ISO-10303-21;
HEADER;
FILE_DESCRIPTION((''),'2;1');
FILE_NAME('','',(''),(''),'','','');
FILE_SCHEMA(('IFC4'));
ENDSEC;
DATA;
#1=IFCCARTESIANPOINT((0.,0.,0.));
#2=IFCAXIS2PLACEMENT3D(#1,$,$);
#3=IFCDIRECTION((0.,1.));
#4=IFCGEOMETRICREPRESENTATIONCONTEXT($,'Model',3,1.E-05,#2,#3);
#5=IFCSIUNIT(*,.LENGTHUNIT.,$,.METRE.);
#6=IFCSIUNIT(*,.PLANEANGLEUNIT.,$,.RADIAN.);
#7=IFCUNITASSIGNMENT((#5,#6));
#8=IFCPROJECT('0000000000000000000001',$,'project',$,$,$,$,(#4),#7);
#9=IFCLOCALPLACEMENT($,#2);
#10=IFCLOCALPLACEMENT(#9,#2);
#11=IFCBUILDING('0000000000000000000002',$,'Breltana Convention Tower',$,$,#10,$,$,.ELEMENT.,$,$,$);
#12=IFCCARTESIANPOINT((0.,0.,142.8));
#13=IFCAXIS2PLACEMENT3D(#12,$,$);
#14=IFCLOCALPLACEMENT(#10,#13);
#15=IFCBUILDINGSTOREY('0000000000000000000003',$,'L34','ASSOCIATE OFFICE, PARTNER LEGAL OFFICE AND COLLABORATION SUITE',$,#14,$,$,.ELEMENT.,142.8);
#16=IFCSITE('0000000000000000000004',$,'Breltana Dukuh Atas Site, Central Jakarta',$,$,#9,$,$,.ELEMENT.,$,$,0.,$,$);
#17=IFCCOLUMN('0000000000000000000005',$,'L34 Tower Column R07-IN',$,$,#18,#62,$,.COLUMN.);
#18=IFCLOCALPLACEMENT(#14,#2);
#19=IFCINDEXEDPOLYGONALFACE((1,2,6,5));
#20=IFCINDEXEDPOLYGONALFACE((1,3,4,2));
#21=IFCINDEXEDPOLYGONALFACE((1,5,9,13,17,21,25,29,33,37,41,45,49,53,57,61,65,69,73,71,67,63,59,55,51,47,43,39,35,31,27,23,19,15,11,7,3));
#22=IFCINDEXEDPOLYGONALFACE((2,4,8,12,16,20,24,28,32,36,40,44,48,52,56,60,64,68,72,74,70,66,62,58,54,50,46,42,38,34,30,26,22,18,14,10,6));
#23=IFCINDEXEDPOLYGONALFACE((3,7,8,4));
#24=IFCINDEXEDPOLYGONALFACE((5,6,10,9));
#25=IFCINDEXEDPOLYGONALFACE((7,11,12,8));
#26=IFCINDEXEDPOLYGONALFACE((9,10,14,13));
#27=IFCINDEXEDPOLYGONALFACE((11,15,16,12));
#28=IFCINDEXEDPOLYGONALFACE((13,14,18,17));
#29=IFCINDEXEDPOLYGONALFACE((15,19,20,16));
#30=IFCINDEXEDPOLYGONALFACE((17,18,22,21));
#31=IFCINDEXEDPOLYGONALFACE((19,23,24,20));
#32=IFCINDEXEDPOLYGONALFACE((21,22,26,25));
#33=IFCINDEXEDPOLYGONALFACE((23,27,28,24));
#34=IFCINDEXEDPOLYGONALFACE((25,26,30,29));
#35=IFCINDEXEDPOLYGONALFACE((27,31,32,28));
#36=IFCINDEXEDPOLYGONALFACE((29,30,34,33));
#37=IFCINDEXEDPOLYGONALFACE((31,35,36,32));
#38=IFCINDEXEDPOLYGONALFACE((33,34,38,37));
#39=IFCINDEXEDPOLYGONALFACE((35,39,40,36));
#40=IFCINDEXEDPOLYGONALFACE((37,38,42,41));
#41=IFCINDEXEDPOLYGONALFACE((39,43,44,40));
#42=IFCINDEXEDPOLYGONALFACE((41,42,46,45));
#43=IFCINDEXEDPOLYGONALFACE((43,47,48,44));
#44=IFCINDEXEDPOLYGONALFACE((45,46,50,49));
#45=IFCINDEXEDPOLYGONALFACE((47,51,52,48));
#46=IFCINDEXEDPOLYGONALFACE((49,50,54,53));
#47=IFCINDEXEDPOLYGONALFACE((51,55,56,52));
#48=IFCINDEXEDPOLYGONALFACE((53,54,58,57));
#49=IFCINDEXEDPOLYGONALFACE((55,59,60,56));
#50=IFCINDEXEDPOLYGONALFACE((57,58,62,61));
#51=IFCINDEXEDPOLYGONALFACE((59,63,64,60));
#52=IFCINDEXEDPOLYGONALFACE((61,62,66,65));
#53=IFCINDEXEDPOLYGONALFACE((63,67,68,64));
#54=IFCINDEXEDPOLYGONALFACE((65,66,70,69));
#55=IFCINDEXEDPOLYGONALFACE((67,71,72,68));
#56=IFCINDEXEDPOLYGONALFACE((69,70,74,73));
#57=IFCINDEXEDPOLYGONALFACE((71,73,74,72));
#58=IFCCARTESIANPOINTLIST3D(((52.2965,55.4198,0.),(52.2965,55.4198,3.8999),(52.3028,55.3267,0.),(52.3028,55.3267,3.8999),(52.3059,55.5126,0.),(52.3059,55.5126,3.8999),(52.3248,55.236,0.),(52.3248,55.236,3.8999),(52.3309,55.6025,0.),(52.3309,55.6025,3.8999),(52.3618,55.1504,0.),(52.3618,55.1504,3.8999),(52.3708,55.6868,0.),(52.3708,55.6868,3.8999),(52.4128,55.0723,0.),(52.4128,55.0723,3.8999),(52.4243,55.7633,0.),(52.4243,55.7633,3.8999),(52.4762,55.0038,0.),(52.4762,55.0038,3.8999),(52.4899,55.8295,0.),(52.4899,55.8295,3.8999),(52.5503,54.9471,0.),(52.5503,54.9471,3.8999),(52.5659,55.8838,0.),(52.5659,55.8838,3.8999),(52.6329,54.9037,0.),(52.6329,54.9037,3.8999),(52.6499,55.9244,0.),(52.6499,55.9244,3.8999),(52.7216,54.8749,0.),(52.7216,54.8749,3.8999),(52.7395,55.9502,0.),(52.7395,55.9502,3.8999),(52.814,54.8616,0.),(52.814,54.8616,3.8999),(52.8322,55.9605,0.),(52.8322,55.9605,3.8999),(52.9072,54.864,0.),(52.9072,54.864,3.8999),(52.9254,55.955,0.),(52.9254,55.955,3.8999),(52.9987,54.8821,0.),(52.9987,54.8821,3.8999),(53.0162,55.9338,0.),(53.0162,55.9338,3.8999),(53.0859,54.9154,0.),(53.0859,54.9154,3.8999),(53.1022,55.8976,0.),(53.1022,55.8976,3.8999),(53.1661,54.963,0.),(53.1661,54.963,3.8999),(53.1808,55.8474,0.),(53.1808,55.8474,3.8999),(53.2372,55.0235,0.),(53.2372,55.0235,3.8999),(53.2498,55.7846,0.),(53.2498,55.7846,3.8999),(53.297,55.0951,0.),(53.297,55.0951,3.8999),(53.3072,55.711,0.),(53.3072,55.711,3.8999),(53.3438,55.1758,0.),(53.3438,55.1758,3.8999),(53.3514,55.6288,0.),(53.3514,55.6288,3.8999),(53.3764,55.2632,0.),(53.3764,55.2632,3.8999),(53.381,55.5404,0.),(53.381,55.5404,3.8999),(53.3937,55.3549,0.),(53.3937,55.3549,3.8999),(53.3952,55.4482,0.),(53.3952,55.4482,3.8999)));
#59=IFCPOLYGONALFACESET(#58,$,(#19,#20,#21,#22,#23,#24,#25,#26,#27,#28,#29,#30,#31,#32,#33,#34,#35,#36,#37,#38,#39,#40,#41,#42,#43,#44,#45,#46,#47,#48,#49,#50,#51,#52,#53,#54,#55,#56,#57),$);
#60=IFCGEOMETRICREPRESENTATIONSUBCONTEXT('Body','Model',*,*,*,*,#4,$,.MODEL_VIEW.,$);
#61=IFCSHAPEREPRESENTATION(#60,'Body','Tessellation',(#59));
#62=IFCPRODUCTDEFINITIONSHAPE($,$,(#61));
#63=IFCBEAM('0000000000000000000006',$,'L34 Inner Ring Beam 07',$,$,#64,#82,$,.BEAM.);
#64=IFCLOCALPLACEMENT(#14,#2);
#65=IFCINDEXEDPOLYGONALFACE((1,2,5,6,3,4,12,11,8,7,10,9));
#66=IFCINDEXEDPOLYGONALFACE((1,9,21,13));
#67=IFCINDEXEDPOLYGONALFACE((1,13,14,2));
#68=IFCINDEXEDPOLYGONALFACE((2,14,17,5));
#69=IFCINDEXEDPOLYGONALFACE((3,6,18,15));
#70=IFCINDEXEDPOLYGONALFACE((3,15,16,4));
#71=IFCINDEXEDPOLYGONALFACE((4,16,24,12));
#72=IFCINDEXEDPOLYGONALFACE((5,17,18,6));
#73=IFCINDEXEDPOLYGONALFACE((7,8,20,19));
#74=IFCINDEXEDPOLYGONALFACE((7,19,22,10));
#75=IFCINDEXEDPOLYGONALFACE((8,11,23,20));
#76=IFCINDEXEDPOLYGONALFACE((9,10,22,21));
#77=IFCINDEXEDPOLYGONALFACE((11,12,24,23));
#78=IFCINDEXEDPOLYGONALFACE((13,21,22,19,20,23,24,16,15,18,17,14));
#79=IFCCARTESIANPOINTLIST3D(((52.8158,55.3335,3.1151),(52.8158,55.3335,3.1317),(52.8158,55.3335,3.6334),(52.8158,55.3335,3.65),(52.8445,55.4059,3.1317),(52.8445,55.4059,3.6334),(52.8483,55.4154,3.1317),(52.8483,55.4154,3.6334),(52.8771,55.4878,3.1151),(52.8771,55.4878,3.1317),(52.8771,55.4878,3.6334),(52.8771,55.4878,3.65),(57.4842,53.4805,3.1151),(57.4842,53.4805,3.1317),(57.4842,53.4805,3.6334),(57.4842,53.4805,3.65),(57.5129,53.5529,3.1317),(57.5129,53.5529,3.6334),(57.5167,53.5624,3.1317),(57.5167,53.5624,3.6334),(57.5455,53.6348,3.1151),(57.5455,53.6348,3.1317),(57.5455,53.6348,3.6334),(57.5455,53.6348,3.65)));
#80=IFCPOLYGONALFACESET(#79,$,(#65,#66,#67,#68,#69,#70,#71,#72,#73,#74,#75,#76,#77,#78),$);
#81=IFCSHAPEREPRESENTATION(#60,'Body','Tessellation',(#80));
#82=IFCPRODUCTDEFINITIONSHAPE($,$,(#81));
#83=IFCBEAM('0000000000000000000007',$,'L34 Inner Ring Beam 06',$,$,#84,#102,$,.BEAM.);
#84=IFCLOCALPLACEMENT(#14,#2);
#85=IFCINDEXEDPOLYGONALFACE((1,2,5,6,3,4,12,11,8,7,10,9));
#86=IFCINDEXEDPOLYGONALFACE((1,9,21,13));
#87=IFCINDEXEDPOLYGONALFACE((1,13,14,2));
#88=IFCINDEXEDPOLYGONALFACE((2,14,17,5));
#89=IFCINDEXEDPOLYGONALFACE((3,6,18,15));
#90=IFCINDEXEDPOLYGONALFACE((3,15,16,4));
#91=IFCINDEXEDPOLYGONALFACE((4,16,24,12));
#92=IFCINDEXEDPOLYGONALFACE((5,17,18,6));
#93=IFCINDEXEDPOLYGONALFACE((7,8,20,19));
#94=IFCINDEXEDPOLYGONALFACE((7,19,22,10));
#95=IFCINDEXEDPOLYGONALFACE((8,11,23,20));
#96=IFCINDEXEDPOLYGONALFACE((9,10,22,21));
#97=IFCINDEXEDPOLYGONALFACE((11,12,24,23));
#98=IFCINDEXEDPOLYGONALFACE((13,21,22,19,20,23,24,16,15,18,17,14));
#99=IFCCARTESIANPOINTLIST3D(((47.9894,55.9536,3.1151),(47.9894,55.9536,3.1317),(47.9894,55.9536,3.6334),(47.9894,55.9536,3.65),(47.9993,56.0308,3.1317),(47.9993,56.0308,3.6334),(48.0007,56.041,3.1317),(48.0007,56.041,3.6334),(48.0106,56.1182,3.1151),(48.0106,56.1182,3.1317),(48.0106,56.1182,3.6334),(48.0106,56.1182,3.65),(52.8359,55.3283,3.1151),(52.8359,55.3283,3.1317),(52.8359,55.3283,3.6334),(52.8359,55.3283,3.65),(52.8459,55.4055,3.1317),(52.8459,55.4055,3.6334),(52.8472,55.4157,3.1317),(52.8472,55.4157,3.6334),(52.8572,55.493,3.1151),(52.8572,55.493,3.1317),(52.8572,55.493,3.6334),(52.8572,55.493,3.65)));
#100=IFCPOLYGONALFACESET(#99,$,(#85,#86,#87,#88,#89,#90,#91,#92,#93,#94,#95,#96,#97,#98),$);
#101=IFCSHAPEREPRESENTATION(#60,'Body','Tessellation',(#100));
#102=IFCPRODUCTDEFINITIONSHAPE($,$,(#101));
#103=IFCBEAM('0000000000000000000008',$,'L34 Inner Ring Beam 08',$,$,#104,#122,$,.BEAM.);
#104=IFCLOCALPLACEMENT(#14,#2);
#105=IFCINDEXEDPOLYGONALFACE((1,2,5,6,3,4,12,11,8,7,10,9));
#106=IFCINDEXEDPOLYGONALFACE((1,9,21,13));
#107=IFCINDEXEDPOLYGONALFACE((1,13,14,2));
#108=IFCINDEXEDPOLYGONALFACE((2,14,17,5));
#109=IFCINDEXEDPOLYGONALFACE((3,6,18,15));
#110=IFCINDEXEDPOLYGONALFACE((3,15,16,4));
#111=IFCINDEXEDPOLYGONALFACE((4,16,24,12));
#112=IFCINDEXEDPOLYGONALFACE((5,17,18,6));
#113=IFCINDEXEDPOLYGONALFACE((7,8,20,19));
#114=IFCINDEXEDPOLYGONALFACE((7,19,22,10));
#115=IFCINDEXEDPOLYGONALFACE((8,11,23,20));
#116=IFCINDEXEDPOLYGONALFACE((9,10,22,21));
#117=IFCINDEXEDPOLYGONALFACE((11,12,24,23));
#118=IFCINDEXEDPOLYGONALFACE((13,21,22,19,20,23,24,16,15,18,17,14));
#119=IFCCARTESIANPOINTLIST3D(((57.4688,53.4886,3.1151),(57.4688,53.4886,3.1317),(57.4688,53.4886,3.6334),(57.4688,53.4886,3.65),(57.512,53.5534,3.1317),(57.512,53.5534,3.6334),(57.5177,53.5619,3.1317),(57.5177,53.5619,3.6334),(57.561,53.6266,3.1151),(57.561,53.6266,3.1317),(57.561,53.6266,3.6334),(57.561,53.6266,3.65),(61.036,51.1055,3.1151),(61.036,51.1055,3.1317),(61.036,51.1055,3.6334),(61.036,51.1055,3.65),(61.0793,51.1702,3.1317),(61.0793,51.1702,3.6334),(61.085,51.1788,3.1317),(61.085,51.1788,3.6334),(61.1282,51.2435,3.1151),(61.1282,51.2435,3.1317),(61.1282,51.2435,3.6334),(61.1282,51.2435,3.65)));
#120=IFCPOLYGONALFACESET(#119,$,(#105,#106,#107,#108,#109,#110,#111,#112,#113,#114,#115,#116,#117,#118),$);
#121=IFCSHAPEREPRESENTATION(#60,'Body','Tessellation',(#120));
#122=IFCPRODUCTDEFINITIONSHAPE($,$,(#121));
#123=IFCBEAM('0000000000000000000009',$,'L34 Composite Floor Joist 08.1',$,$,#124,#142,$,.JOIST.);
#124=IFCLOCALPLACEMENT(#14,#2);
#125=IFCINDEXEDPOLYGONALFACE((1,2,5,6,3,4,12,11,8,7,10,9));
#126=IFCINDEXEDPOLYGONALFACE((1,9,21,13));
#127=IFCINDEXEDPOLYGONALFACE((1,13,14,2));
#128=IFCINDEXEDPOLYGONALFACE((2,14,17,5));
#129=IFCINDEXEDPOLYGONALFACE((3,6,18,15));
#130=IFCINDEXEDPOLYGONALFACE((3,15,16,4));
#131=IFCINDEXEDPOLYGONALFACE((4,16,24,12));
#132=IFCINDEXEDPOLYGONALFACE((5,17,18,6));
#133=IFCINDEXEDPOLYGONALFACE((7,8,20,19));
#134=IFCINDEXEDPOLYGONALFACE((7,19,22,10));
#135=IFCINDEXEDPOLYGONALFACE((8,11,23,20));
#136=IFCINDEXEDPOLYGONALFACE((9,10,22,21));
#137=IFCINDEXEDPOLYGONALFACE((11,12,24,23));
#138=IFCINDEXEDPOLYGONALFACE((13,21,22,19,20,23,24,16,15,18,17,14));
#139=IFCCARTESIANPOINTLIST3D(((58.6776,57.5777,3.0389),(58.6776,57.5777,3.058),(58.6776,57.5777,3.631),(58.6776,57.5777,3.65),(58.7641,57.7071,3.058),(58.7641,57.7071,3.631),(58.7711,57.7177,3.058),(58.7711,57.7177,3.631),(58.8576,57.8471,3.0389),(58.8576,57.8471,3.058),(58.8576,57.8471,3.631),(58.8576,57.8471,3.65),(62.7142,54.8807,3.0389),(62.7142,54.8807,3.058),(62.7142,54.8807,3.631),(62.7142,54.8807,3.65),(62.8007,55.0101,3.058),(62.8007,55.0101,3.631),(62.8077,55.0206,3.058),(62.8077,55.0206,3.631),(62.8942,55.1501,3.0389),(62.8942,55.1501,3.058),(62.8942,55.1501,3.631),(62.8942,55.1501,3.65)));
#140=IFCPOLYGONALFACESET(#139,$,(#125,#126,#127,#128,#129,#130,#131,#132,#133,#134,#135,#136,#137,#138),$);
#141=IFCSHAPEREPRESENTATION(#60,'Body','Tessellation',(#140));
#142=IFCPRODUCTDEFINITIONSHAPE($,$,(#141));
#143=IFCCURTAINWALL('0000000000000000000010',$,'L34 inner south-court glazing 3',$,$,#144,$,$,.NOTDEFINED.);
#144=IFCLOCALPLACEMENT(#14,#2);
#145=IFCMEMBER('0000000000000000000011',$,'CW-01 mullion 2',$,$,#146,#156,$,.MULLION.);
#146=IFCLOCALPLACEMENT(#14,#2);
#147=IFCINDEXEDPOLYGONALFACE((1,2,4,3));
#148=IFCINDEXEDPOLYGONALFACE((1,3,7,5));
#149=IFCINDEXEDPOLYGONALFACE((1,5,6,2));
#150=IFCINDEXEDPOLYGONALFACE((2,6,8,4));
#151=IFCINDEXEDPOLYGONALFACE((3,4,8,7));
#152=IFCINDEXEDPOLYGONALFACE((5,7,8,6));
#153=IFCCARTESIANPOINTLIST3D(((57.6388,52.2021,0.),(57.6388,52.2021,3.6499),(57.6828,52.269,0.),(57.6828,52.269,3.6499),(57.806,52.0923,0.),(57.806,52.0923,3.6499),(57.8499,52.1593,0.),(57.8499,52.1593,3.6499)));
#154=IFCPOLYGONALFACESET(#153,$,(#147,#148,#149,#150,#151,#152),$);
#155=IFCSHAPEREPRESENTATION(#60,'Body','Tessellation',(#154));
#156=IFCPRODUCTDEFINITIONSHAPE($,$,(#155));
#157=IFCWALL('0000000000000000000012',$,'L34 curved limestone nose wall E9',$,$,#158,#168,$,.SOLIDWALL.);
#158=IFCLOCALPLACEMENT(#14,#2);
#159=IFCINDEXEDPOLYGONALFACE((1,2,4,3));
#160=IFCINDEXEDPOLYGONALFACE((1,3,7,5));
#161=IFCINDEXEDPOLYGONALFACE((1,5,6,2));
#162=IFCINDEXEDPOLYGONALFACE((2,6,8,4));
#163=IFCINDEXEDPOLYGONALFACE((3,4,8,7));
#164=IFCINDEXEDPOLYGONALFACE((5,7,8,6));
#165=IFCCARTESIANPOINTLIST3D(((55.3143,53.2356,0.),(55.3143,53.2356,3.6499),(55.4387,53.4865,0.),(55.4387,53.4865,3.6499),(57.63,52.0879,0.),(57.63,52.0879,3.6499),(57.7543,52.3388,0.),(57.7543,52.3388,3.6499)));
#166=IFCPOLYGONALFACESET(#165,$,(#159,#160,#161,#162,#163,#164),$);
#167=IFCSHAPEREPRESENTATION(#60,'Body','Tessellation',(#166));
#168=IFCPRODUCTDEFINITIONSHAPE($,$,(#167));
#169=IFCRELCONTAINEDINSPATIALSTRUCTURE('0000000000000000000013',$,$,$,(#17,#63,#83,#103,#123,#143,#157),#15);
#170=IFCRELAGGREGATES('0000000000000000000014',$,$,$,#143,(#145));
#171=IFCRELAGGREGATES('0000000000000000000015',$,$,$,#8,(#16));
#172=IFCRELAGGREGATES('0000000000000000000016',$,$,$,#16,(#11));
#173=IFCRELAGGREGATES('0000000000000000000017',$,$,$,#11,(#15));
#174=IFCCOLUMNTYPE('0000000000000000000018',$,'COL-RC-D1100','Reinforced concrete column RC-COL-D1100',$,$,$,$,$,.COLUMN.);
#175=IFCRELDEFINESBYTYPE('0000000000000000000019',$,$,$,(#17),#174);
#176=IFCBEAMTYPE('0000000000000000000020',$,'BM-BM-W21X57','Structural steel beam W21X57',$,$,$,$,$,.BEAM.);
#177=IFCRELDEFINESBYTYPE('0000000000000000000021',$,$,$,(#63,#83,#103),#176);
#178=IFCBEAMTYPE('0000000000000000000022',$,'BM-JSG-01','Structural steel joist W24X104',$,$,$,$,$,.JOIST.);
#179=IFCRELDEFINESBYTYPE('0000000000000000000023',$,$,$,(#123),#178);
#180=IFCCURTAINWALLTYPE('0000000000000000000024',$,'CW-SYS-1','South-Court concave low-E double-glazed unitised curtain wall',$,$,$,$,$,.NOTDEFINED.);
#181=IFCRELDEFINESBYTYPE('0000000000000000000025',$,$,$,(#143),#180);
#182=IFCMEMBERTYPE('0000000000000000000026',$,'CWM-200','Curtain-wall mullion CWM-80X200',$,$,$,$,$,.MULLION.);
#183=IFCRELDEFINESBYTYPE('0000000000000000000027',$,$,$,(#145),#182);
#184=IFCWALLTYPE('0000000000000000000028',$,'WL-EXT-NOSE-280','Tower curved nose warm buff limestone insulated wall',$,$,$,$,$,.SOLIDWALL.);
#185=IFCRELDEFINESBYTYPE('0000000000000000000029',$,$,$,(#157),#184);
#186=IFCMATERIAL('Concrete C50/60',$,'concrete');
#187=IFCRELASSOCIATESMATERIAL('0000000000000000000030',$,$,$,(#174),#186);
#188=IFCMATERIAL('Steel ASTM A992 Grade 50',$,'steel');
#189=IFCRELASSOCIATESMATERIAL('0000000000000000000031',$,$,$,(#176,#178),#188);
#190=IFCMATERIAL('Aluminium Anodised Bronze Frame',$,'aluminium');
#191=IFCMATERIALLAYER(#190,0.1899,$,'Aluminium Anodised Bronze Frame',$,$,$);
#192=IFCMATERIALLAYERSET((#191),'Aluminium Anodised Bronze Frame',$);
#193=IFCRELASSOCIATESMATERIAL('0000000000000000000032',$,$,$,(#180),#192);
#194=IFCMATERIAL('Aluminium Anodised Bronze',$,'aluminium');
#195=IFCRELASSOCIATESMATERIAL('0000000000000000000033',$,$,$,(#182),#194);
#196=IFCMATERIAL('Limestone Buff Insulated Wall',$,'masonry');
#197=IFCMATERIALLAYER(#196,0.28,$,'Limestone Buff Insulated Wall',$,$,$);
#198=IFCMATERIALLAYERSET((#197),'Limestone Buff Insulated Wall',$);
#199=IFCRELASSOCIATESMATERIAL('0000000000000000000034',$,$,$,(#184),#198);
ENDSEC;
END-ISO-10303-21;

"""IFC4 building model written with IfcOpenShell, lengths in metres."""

from ifc_helpers import new_model, si_unit, direction, frame, frame_2d, origin, origin_2d, place, context, subcontext, project, spatial, rectangle, circle, i_section, extrude, source, transform, mapped, material, layer, layer_set, material_profile, profile_set, type_object, element, aggregate, save


model = new_model("IFC4")

# Units and contexts
model_context = context("Model", 3, precision=1e-05, world=origin(), true_north=direction((0.0, 1.0)))
body_context = subcontext(model_context, "Body", "Model", "MODEL_VIEW")
ifc_project = project(units=[si_unit("LENGTHUNIT", "METRE"), si_unit("PLANEANGLEUNIT", "RADIAN")], contexts=[model_context])

# Site, building, storey
site_placement = place(None, origin())
site = spatial("IfcSite", under=ifc_project, at=site_placement, Name="Breltana Dukuh Atas Site, Central Jakarta", CompositionType="ELEMENT", RefElevation=0.0)
building_placement = place(site_placement, origin())
building = spatial("IfcBuilding", under=site, at=building_placement, Name="Breltana Convention Tower", CompositionType="ELEMENT")
storey_placement = place(building_placement, frame((0.0, 0.0, 142.8)))
storey = spatial("IfcBuildingStorey", under=building, at=storey_placement, Name="L34", Description="ASSOCIATE OFFICE, PARTNER LEGAL OFFICE AND COLLABORATION SUITE", CompositionType="ELEMENT", Elevation=142.8)

# Column
ifc_material_1 = material(Name="Concrete C50/60", Category="concrete")
ifc_material_profile_1 = material_profile(ifc_material_1, circle(Radius=0.55, at=origin_2d()), Name="RC-COL-D1100")
ifc_profile_set_1 = profile_set([ifc_material_profile_1], Name="Concrete C50/60")
column_type = type_object("IfcColumnType", Name="COL-RC-D1100", Description="Reinforced concrete column RC-COL-D1100", PredefinedType="COLUMN", material=ifc_profile_set_1)
shared_shape_1 = source(origin(), body_context, "Body", "SweptSolid", [
    extrude(circle(Radius=0.55, at=origin_2d()), origin(), (0.0, 0.0, 1.0), 3.8999),
])
for number, where, z_axis, x_axis, name in (
    (1, (52.8464, 55.4106, 0.0), (0.0, 0.0, 1.0), (0.143493, 0.989651, 0.0), "L34 Tower Column R07-IN"),
):
    element("IfcColumn", number, at=place(storey_placement, frame(where, z_axis=z_axis, x_axis=x_axis)), inside=storey, type_object=column_type, Name=name, PredefinedType="COLUMN", context=body_context, shape_type="MappedRepresentation", body=[
        mapped(shared_shape_1, transform((0.0, 0.0, 0.0), scale=1.0)),
    ])

# Beams
ifc_material_2 = material(Name="Steel ASTM A992 Grade 50", Category="steel")
ifc_material_profile_2 = material_profile(ifc_material_2, i_section(OverallWidth=0.166, OverallDepth=0.5349, WebThickness=0.0103, FlangeThickness=0.0166, at=origin_2d()), Name="W21X57")
ifc_profile_set_2 = profile_set([ifc_material_profile_2], Name="Steel ASTM A992 Grade 50")
beam_type_1 = type_object("IfcBeamType", Name="BM-BM-W21X57", Description="Structural steel beam W21X57", PredefinedType="BEAM", material=ifc_profile_set_2)
shared_shape_2 = source(origin(), body_context, "Body", "SweptSolid", [
    extrude(i_section(OverallWidth=0.166, OverallDepth=0.5349, WebThickness=0.0103, FlangeThickness=0.0166, at=origin_2d()), origin(), (0.0, 0.0, 1.0), 5.0227),
])
beam_1_placement = place(storey_placement, frame((52.8464, 55.4106, 3.3826), z_axis=(0.929459, -0.368926, 0.0), x_axis=(0.368926, 0.929459, 0.0)))
element("IfcBeam", 2, at=beam_1_placement, inside=storey, type_object=beam_type_1, Name="L34 Inner Ring Beam 07", PredefinedType="BEAM", context=body_context, shape_type="MappedRepresentation", body=[
    mapped(shared_shape_2, transform((0.0, 0.0, 0.0), scale=1.0)),
])
shared_shape_3 = source(origin(), body_context, "Body", "SweptSolid", [
    extrude(i_section(OverallWidth=0.166, OverallDepth=0.5349, WebThickness=0.0103, FlangeThickness=0.0166, at=origin_2d()), origin(), (0.0, 0.0, 1.0), 4.8867),
])
beam_2_placement = place(storey_placement, frame((48.0, 56.0359, 3.3826), z_axis=(0.991781, -0.127951, 0.0), x_axis=(0.127951, 0.991781, 0.0)))
element("IfcBeam", 3, at=beam_2_placement, inside=storey, type_object=beam_type_1, Name="L34 Inner Ring Beam 06", PredefinedType="BEAM", context=body_context, shape_type="MappedRepresentation", body=[
    mapped(shared_shape_3, transform((0.0, 0.0, 0.0), scale=1.0)),
])
shared_shape_4 = source(origin(), body_context, "Body", "SweptSolid", [
    extrude(i_section(OverallWidth=0.166, OverallDepth=0.5349, WebThickness=0.0103, FlangeThickness=0.0166, at=origin_2d()), origin(), (0.0, 0.0, 1.0), 4.29),
])
beam_3_placement = place(storey_placement, frame((57.5149, 53.5576, 3.3826), z_axis=(0.831516, -0.555501, 0.0), x_axis=(0.555501, 0.831516, 0.0)))
element("IfcBeam", 4, at=beam_3_placement, inside=storey, type_object=beam_type_1, Name="L34 Inner Ring Beam 08", PredefinedType="BEAM", context=body_context, shape_type="MappedRepresentation", body=[
    mapped(shared_shape_4, transform((0.0, 0.0, 0.0), scale=1.0)),
])
ifc_material_profile_3 = material_profile(ifc_material_2, i_section(OverallWidth=0.324, OverallDepth=0.6111, WebThickness=0.0127, FlangeThickness=0.019, at=origin_2d()), Name="W24X104")
ifc_profile_set_3 = profile_set([ifc_material_profile_3], Name="Steel ASTM A992 Grade 50")
beam_type_2 = type_object("IfcBeamType", Name="BM-JSG-01", Description="Structural steel joist W24X104", PredefinedType="JOIST", material=ifc_profile_set_3)
shared_shape_5 = source(origin(), body_context, "Body", "SweptSolid", [
    extrude(i_section(OverallWidth=0.324, OverallDepth=0.6111, WebThickness=0.0127, FlangeThickness=0.019, at=origin_2d()), origin(), (0.0, 0.0, 1.0), 4.8547),
])
beam_4_placement = place(storey_placement, frame((58.7676, 57.7124, 3.3445), z_axis=(0.831485, -0.555547, 0.0), x_axis=(0.555547, 0.831485, 0.0)))
element("IfcBeam", 5, at=beam_4_placement, inside=storey, type_object=beam_type_2, Name="L34 Composite Floor Joist 08.1", PredefinedType="JOIST", context=body_context, shape_type="MappedRepresentation", body=[
    mapped(shared_shape_5, transform((0.0, 0.0, 0.0), scale=1.0)),
])

# Curtain wall, member
ifc_material_3 = material(Name="Aluminium Anodised Bronze Frame", Category="aluminium")
ifc_layer_1 = layer(ifc_material_3, 0.1899, Name="Aluminium Anodised Bronze Frame")
ifc_layer_set_1 = layer_set([ifc_layer_1], Name="Aluminium Anodised Bronze Frame")
curtain_wall_type = type_object("IfcCurtainWallType", Name="CW-SYS-1", Description="South-Court concave low-E double-glazed unitised curtain wall", PredefinedType="NOTDEFINED", material=ifc_layer_set_1)
curtain_wall_placement = place(storey_placement, origin())
curtain_wall = element("IfcCurtainWall", 6, at=curtain_wall_placement, inside=storey, type_object=curtain_wall_type, Name="L34 inner south-court glazing 3", PredefinedType="NOTDEFINED")
ifc_material_4 = material(Name="Aluminium Anodised Bronze", Category="aluminium")
ifc_material_profile_4 = material_profile(ifc_material_4, rectangle(XDim=0.0801, YDim=0.2, at=origin_2d()), Name="CWM-80X200")
ifc_profile_set_4 = profile_set([ifc_material_profile_4], Name="Aluminium Anodised Bronze")
member_type = type_object("IfcMemberType", Name="CWM-200", Description="Curtain-wall mullion CWM-80X200", PredefinedType="MULLION", material=ifc_profile_set_4)
shared_shape_6 = source(origin(), body_context, "Body", "SweptSolid", [
    extrude(rectangle(XDim=0.0801, YDim=0.2, at=origin_2d()), origin(), (0.0, 0.0, 1.0), 3.6499),
])
member_placement = place(storey_placement, frame((57.7444, 52.1807, 0.0), z_axis=(0.0, 0.0, 1.0), x_axis=(-0.548752, -0.835985, 0.0)))
member = element("IfcMember", 7, at=member_placement, type_object=member_type, Name="CW-01 mullion 2", PredefinedType="MULLION", context=body_context, shape_type="MappedRepresentation", body=[
    mapped(shared_shape_6, transform((0.0, 0.0, 0.0), scale=1.0)),
])
aggregate(curtain_wall, [member])

# Wall
ifc_material_5 = material(Name="Limestone Buff Insulated Wall", Category="masonry")
ifc_layer_2 = layer(ifc_material_5, 0.28, Name="Limestone Buff Insulated Wall")
ifc_layer_set_2 = layer_set([ifc_layer_2], Name="Limestone Buff Insulated Wall")
wall_type_1 = type_object("IfcWallType", Name="WL-EXT-NOSE-280", Description="Tower curved nose warm buff limestone insulated wall", PredefinedType="SOLIDWALL", material=ifc_layer_set_2)
shared_shape_7 = source(origin(), body_context, "Body", "SweptSolid", [
    extrude(rectangle(XDim=2.5845, YDim=0.28, at=frame_2d((1.2922, 0.0))), origin(), (0.0, 0.0, 1.0), 3.6499),
])
wall_1_placement = place(storey_placement, frame((57.6921, 52.2134, 0.0), z_axis=(0.0, 0.0, 1.0), x_axis=(-0.89599, 0.444075, 0.0)))
element("IfcWall", 8, at=wall_1_placement, inside=storey, type_object=wall_type_1, Name="L34 curved limestone nose wall E9", PredefinedType="SOLIDWALL", context=body_context, shape_type="MappedRepresentation", body=[
    mapped(shared_shape_7, transform((0.0, 0.0, 0.0), scale=1.0)),
])

save(model, "model.ifc")
